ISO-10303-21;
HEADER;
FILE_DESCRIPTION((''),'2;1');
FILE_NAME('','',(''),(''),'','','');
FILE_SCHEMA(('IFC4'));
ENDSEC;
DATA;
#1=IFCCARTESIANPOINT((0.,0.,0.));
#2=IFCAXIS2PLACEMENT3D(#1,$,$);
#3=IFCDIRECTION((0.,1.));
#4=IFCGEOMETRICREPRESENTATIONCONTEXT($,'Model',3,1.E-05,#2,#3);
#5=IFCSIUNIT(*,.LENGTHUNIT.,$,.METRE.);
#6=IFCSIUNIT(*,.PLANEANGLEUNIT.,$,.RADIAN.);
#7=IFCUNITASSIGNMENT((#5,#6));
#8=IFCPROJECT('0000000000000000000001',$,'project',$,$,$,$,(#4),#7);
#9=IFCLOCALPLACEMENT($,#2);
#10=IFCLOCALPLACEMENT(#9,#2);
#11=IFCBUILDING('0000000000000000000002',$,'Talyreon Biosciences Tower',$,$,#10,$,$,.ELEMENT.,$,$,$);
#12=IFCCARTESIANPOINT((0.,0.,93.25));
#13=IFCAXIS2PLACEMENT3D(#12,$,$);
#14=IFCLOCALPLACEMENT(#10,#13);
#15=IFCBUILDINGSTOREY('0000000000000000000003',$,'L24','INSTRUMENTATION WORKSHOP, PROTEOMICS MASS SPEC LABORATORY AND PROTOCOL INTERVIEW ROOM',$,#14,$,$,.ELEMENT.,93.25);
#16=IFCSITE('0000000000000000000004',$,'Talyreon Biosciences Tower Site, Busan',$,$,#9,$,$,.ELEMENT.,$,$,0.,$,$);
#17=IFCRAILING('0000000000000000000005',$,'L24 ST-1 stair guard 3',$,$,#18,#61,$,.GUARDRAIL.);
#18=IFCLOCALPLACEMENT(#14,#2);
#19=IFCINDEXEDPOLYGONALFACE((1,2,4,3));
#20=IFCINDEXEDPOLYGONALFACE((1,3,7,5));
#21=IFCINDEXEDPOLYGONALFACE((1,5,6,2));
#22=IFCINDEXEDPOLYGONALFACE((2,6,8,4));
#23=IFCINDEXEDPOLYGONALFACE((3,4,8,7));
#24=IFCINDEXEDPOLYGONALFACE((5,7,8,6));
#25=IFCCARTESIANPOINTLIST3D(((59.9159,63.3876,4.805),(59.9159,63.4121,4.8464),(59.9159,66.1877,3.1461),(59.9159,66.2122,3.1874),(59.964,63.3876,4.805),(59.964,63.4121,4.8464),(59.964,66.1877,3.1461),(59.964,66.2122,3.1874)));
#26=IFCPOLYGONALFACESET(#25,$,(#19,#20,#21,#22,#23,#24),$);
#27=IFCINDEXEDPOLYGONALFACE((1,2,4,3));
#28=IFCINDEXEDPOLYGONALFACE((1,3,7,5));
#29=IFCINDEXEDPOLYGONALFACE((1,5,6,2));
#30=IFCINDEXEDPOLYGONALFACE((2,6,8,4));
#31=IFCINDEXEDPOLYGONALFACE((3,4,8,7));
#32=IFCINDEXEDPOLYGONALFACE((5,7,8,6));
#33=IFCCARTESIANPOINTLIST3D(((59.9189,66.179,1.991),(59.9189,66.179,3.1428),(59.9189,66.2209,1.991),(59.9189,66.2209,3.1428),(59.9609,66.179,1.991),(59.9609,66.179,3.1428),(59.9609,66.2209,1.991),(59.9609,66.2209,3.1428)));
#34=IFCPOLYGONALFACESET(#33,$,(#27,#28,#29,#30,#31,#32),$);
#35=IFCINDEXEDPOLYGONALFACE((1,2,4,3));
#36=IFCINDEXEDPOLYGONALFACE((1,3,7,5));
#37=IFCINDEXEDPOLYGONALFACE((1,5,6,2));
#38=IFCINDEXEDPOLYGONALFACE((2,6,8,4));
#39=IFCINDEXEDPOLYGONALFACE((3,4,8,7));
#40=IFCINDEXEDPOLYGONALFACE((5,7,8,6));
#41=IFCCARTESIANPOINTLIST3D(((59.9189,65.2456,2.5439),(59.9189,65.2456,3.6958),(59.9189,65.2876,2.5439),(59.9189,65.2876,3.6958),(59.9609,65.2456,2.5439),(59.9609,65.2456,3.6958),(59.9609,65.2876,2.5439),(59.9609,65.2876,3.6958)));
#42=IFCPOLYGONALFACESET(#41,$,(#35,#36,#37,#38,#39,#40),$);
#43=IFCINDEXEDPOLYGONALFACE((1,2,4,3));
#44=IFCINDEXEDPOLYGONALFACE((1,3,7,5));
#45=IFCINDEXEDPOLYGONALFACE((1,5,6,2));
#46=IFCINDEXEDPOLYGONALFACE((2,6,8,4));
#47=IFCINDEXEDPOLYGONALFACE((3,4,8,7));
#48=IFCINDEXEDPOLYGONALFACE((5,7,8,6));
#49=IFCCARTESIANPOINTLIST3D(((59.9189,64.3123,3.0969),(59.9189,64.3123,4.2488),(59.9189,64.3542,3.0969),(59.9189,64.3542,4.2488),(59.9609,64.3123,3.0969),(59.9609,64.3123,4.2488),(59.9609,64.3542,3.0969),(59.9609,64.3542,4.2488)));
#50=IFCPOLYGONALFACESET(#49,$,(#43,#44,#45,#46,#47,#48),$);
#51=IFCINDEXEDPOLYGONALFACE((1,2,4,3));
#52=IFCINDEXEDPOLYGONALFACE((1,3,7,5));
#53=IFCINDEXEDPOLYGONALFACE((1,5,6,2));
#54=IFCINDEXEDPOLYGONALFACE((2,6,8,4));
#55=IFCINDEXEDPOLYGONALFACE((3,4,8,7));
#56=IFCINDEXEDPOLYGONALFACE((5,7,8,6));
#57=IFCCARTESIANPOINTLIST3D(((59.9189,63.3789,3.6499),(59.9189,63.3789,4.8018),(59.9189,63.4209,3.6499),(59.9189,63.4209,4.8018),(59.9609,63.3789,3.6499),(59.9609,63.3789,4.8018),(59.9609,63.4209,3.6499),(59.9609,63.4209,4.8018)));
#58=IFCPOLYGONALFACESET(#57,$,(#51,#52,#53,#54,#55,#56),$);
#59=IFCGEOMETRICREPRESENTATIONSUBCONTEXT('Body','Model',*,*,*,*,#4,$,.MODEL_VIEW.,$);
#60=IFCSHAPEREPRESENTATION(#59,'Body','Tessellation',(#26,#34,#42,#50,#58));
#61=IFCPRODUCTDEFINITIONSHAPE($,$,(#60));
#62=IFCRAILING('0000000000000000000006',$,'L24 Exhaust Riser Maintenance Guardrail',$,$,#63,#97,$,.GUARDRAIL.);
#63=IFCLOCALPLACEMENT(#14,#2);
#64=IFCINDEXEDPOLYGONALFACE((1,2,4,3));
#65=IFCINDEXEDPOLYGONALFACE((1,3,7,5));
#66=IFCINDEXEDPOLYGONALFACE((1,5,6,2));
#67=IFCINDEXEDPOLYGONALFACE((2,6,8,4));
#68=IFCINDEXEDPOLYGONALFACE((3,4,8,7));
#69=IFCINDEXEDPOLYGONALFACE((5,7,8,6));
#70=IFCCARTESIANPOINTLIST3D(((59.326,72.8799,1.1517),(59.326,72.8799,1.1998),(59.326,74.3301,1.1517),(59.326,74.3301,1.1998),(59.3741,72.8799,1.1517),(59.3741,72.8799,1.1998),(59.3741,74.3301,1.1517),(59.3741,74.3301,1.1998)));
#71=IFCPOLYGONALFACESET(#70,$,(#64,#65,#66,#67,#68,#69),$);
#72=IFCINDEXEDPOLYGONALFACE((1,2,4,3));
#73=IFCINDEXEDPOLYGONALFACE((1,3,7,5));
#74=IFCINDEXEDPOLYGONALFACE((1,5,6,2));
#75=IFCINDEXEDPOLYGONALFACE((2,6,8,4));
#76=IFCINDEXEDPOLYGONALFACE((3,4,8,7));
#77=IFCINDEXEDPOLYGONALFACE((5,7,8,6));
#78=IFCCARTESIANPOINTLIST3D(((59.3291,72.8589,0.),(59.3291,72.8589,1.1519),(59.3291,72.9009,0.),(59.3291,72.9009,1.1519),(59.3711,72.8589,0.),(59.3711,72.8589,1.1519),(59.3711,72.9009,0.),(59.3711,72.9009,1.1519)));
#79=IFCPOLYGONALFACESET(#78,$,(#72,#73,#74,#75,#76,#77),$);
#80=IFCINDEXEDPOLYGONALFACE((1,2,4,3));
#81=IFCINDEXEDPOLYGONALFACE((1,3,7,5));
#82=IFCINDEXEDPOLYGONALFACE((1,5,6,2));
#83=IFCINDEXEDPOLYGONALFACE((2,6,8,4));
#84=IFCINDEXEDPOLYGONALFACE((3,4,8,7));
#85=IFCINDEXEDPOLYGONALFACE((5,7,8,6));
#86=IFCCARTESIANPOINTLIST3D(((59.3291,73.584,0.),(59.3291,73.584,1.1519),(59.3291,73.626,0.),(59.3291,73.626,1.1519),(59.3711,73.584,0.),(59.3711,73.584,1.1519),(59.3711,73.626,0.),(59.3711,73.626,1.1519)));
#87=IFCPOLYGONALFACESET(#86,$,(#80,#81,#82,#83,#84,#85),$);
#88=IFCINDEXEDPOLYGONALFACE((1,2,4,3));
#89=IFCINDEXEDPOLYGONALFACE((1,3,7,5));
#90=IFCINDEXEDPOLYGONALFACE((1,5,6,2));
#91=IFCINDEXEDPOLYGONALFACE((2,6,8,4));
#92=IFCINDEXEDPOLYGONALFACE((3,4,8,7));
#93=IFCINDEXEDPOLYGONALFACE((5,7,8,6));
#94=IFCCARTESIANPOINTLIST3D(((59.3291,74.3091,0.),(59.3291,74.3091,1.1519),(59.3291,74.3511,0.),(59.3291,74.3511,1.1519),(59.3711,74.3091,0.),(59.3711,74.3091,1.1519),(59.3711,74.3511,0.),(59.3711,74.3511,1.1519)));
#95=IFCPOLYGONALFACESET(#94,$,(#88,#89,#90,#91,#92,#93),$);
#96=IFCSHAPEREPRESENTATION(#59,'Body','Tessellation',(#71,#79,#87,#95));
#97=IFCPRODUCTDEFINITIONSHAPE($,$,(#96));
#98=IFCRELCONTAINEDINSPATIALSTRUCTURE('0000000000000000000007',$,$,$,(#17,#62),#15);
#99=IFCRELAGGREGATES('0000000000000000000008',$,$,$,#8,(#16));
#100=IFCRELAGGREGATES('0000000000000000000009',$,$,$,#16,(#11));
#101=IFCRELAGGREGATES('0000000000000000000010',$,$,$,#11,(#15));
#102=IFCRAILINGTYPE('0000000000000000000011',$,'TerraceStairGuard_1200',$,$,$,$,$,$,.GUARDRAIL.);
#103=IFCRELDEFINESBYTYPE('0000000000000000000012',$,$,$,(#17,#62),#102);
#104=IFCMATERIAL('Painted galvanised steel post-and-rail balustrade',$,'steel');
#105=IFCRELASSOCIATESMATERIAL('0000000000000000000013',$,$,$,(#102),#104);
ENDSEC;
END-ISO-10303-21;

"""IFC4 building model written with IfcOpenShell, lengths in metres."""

from ifc_helpers import new_model, si_unit, direction, frame, origin, origin_2d, place, context, subcontext, project, spatial, rectangle, extrude, material, type_object, element, save


model = new_model("IFC4")

# Units and contexts
model_context = context("Model", 3, precision=1e-05, world=origin(), true_north=direction((0.0, 1.0)))
body_context = subcontext(model_context, "Body", "Model", "MODEL_VIEW")
ifc_project = project(units=[si_unit("LENGTHUNIT", "METRE"), si_unit("PLANEANGLEUNIT", "RADIAN")], contexts=[model_context])

# Site, building, storey
site_placement = place(None, origin())
site = spatial("IfcSite", under=ifc_project, at=site_placement, Name="Talyreon Biosciences Tower Site, Busan", CompositionType="ELEMENT", RefElevation=0.0)
building_placement = place(site_placement, origin())
building = spatial("IfcBuilding", under=site, at=building_placement, Name="Talyreon Biosciences Tower", CompositionType="ELEMENT")
storey_placement = place(building_placement, frame((0.0, 0.0, 93.25)))
storey = spatial("IfcBuildingStorey", under=building, at=storey_placement, Name="L24", Description="INSTRUMENTATION WORKSHOP, PROTEOMICS MASS SPEC LABORATORY AND PROTOCOL INTERVIEW ROOM", CompositionType="ELEMENT", Elevation=93.25)

# Railings
ifc_material_1 = material(Name="Painted galvanised steel post-and-rail balustrade", Category="steel")
railing_type_1 = type_object("IfcRailingType", Name="TerraceStairGuard_1200", PredefinedType="GUARDRAIL", material=ifc_material_1)
railing_1_placement = place(storey_placement, frame((59.9399, 66.2, 1.991)))
element("IfcRailing", 1, at=railing_1_placement, inside=storey, type_object=railing_type_1, Name="L24 ST-1 stair guard 3", PredefinedType="GUARDRAIL", context=body_context, shape_type="SweptSolid", body=[
    extrude(rectangle(XDim=0.0481, YDim=0.0481, at=origin_2d()), frame((0.0, 0.0, 1.1758), z_axis=(0.0, -0.860339, 0.509722), x_axis=(1.0, 0.0, 0.0)), (0.0, 0.0, 1.0), 3.2546),
    extrude(rectangle(XDim=0.042, YDim=0.042, at=origin_2d()), origin(), (0.0, 0.0, 1.0), 1.1519),
    extrude(rectangle(XDim=0.042, YDim=0.042, at=origin_2d()), frame((0.0, -0.9333, 0.553)), (0.0, 0.0, 1.0), 1.1519),
    extrude(rectangle(XDim=0.042, YDim=0.042, at=origin_2d()), frame((0.0, -1.8667, 1.106)), (0.0, 0.0, 1.0), 1.1519),
    extrude(rectangle(XDim=0.042, YDim=0.042, at=origin_2d()), frame((0.0, -2.8, 1.6589)), (0.0, 0.0, 1.0), 1.1519),
])
railing_2_placement = place(storey_placement, frame((59.3501, 72.8799, 0.0)))
element("IfcRailing", 2, at=railing_2_placement, inside=storey, type_object=railing_type_1, Name="L24 Exhaust Riser Maintenance Guardrail", PredefinedType="GUARDRAIL", context=body_context, shape_type="SweptSolid", body=[
    extrude(rectangle(XDim=0.0481, YDim=0.0481, at=origin_2d()), frame((0.0, 0.0, 1.1758), z_axis=(0.0, 1.0, 0.0), x_axis=(-1.0, 0.0, 0.0)), (0.0, 0.0, 1.0), 1.4502),
    extrude(rectangle(XDim=0.042, YDim=0.042, at=origin_2d()), origin(), (0.0, 0.0, 1.0), 1.1519),
    extrude(rectangle(XDim=0.042, YDim=0.042, at=origin_2d()), frame((0.0, 0.7251, 0.0)), (0.0, 0.0, 1.0), 1.1519),
    extrude(rectangle(XDim=0.042, YDim=0.042, at=origin_2d()), frame((0.0, 1.4502, 0.0)), (0.0, 0.0, 1.0), 1.1519),
])

save(model, "model.ifc")
